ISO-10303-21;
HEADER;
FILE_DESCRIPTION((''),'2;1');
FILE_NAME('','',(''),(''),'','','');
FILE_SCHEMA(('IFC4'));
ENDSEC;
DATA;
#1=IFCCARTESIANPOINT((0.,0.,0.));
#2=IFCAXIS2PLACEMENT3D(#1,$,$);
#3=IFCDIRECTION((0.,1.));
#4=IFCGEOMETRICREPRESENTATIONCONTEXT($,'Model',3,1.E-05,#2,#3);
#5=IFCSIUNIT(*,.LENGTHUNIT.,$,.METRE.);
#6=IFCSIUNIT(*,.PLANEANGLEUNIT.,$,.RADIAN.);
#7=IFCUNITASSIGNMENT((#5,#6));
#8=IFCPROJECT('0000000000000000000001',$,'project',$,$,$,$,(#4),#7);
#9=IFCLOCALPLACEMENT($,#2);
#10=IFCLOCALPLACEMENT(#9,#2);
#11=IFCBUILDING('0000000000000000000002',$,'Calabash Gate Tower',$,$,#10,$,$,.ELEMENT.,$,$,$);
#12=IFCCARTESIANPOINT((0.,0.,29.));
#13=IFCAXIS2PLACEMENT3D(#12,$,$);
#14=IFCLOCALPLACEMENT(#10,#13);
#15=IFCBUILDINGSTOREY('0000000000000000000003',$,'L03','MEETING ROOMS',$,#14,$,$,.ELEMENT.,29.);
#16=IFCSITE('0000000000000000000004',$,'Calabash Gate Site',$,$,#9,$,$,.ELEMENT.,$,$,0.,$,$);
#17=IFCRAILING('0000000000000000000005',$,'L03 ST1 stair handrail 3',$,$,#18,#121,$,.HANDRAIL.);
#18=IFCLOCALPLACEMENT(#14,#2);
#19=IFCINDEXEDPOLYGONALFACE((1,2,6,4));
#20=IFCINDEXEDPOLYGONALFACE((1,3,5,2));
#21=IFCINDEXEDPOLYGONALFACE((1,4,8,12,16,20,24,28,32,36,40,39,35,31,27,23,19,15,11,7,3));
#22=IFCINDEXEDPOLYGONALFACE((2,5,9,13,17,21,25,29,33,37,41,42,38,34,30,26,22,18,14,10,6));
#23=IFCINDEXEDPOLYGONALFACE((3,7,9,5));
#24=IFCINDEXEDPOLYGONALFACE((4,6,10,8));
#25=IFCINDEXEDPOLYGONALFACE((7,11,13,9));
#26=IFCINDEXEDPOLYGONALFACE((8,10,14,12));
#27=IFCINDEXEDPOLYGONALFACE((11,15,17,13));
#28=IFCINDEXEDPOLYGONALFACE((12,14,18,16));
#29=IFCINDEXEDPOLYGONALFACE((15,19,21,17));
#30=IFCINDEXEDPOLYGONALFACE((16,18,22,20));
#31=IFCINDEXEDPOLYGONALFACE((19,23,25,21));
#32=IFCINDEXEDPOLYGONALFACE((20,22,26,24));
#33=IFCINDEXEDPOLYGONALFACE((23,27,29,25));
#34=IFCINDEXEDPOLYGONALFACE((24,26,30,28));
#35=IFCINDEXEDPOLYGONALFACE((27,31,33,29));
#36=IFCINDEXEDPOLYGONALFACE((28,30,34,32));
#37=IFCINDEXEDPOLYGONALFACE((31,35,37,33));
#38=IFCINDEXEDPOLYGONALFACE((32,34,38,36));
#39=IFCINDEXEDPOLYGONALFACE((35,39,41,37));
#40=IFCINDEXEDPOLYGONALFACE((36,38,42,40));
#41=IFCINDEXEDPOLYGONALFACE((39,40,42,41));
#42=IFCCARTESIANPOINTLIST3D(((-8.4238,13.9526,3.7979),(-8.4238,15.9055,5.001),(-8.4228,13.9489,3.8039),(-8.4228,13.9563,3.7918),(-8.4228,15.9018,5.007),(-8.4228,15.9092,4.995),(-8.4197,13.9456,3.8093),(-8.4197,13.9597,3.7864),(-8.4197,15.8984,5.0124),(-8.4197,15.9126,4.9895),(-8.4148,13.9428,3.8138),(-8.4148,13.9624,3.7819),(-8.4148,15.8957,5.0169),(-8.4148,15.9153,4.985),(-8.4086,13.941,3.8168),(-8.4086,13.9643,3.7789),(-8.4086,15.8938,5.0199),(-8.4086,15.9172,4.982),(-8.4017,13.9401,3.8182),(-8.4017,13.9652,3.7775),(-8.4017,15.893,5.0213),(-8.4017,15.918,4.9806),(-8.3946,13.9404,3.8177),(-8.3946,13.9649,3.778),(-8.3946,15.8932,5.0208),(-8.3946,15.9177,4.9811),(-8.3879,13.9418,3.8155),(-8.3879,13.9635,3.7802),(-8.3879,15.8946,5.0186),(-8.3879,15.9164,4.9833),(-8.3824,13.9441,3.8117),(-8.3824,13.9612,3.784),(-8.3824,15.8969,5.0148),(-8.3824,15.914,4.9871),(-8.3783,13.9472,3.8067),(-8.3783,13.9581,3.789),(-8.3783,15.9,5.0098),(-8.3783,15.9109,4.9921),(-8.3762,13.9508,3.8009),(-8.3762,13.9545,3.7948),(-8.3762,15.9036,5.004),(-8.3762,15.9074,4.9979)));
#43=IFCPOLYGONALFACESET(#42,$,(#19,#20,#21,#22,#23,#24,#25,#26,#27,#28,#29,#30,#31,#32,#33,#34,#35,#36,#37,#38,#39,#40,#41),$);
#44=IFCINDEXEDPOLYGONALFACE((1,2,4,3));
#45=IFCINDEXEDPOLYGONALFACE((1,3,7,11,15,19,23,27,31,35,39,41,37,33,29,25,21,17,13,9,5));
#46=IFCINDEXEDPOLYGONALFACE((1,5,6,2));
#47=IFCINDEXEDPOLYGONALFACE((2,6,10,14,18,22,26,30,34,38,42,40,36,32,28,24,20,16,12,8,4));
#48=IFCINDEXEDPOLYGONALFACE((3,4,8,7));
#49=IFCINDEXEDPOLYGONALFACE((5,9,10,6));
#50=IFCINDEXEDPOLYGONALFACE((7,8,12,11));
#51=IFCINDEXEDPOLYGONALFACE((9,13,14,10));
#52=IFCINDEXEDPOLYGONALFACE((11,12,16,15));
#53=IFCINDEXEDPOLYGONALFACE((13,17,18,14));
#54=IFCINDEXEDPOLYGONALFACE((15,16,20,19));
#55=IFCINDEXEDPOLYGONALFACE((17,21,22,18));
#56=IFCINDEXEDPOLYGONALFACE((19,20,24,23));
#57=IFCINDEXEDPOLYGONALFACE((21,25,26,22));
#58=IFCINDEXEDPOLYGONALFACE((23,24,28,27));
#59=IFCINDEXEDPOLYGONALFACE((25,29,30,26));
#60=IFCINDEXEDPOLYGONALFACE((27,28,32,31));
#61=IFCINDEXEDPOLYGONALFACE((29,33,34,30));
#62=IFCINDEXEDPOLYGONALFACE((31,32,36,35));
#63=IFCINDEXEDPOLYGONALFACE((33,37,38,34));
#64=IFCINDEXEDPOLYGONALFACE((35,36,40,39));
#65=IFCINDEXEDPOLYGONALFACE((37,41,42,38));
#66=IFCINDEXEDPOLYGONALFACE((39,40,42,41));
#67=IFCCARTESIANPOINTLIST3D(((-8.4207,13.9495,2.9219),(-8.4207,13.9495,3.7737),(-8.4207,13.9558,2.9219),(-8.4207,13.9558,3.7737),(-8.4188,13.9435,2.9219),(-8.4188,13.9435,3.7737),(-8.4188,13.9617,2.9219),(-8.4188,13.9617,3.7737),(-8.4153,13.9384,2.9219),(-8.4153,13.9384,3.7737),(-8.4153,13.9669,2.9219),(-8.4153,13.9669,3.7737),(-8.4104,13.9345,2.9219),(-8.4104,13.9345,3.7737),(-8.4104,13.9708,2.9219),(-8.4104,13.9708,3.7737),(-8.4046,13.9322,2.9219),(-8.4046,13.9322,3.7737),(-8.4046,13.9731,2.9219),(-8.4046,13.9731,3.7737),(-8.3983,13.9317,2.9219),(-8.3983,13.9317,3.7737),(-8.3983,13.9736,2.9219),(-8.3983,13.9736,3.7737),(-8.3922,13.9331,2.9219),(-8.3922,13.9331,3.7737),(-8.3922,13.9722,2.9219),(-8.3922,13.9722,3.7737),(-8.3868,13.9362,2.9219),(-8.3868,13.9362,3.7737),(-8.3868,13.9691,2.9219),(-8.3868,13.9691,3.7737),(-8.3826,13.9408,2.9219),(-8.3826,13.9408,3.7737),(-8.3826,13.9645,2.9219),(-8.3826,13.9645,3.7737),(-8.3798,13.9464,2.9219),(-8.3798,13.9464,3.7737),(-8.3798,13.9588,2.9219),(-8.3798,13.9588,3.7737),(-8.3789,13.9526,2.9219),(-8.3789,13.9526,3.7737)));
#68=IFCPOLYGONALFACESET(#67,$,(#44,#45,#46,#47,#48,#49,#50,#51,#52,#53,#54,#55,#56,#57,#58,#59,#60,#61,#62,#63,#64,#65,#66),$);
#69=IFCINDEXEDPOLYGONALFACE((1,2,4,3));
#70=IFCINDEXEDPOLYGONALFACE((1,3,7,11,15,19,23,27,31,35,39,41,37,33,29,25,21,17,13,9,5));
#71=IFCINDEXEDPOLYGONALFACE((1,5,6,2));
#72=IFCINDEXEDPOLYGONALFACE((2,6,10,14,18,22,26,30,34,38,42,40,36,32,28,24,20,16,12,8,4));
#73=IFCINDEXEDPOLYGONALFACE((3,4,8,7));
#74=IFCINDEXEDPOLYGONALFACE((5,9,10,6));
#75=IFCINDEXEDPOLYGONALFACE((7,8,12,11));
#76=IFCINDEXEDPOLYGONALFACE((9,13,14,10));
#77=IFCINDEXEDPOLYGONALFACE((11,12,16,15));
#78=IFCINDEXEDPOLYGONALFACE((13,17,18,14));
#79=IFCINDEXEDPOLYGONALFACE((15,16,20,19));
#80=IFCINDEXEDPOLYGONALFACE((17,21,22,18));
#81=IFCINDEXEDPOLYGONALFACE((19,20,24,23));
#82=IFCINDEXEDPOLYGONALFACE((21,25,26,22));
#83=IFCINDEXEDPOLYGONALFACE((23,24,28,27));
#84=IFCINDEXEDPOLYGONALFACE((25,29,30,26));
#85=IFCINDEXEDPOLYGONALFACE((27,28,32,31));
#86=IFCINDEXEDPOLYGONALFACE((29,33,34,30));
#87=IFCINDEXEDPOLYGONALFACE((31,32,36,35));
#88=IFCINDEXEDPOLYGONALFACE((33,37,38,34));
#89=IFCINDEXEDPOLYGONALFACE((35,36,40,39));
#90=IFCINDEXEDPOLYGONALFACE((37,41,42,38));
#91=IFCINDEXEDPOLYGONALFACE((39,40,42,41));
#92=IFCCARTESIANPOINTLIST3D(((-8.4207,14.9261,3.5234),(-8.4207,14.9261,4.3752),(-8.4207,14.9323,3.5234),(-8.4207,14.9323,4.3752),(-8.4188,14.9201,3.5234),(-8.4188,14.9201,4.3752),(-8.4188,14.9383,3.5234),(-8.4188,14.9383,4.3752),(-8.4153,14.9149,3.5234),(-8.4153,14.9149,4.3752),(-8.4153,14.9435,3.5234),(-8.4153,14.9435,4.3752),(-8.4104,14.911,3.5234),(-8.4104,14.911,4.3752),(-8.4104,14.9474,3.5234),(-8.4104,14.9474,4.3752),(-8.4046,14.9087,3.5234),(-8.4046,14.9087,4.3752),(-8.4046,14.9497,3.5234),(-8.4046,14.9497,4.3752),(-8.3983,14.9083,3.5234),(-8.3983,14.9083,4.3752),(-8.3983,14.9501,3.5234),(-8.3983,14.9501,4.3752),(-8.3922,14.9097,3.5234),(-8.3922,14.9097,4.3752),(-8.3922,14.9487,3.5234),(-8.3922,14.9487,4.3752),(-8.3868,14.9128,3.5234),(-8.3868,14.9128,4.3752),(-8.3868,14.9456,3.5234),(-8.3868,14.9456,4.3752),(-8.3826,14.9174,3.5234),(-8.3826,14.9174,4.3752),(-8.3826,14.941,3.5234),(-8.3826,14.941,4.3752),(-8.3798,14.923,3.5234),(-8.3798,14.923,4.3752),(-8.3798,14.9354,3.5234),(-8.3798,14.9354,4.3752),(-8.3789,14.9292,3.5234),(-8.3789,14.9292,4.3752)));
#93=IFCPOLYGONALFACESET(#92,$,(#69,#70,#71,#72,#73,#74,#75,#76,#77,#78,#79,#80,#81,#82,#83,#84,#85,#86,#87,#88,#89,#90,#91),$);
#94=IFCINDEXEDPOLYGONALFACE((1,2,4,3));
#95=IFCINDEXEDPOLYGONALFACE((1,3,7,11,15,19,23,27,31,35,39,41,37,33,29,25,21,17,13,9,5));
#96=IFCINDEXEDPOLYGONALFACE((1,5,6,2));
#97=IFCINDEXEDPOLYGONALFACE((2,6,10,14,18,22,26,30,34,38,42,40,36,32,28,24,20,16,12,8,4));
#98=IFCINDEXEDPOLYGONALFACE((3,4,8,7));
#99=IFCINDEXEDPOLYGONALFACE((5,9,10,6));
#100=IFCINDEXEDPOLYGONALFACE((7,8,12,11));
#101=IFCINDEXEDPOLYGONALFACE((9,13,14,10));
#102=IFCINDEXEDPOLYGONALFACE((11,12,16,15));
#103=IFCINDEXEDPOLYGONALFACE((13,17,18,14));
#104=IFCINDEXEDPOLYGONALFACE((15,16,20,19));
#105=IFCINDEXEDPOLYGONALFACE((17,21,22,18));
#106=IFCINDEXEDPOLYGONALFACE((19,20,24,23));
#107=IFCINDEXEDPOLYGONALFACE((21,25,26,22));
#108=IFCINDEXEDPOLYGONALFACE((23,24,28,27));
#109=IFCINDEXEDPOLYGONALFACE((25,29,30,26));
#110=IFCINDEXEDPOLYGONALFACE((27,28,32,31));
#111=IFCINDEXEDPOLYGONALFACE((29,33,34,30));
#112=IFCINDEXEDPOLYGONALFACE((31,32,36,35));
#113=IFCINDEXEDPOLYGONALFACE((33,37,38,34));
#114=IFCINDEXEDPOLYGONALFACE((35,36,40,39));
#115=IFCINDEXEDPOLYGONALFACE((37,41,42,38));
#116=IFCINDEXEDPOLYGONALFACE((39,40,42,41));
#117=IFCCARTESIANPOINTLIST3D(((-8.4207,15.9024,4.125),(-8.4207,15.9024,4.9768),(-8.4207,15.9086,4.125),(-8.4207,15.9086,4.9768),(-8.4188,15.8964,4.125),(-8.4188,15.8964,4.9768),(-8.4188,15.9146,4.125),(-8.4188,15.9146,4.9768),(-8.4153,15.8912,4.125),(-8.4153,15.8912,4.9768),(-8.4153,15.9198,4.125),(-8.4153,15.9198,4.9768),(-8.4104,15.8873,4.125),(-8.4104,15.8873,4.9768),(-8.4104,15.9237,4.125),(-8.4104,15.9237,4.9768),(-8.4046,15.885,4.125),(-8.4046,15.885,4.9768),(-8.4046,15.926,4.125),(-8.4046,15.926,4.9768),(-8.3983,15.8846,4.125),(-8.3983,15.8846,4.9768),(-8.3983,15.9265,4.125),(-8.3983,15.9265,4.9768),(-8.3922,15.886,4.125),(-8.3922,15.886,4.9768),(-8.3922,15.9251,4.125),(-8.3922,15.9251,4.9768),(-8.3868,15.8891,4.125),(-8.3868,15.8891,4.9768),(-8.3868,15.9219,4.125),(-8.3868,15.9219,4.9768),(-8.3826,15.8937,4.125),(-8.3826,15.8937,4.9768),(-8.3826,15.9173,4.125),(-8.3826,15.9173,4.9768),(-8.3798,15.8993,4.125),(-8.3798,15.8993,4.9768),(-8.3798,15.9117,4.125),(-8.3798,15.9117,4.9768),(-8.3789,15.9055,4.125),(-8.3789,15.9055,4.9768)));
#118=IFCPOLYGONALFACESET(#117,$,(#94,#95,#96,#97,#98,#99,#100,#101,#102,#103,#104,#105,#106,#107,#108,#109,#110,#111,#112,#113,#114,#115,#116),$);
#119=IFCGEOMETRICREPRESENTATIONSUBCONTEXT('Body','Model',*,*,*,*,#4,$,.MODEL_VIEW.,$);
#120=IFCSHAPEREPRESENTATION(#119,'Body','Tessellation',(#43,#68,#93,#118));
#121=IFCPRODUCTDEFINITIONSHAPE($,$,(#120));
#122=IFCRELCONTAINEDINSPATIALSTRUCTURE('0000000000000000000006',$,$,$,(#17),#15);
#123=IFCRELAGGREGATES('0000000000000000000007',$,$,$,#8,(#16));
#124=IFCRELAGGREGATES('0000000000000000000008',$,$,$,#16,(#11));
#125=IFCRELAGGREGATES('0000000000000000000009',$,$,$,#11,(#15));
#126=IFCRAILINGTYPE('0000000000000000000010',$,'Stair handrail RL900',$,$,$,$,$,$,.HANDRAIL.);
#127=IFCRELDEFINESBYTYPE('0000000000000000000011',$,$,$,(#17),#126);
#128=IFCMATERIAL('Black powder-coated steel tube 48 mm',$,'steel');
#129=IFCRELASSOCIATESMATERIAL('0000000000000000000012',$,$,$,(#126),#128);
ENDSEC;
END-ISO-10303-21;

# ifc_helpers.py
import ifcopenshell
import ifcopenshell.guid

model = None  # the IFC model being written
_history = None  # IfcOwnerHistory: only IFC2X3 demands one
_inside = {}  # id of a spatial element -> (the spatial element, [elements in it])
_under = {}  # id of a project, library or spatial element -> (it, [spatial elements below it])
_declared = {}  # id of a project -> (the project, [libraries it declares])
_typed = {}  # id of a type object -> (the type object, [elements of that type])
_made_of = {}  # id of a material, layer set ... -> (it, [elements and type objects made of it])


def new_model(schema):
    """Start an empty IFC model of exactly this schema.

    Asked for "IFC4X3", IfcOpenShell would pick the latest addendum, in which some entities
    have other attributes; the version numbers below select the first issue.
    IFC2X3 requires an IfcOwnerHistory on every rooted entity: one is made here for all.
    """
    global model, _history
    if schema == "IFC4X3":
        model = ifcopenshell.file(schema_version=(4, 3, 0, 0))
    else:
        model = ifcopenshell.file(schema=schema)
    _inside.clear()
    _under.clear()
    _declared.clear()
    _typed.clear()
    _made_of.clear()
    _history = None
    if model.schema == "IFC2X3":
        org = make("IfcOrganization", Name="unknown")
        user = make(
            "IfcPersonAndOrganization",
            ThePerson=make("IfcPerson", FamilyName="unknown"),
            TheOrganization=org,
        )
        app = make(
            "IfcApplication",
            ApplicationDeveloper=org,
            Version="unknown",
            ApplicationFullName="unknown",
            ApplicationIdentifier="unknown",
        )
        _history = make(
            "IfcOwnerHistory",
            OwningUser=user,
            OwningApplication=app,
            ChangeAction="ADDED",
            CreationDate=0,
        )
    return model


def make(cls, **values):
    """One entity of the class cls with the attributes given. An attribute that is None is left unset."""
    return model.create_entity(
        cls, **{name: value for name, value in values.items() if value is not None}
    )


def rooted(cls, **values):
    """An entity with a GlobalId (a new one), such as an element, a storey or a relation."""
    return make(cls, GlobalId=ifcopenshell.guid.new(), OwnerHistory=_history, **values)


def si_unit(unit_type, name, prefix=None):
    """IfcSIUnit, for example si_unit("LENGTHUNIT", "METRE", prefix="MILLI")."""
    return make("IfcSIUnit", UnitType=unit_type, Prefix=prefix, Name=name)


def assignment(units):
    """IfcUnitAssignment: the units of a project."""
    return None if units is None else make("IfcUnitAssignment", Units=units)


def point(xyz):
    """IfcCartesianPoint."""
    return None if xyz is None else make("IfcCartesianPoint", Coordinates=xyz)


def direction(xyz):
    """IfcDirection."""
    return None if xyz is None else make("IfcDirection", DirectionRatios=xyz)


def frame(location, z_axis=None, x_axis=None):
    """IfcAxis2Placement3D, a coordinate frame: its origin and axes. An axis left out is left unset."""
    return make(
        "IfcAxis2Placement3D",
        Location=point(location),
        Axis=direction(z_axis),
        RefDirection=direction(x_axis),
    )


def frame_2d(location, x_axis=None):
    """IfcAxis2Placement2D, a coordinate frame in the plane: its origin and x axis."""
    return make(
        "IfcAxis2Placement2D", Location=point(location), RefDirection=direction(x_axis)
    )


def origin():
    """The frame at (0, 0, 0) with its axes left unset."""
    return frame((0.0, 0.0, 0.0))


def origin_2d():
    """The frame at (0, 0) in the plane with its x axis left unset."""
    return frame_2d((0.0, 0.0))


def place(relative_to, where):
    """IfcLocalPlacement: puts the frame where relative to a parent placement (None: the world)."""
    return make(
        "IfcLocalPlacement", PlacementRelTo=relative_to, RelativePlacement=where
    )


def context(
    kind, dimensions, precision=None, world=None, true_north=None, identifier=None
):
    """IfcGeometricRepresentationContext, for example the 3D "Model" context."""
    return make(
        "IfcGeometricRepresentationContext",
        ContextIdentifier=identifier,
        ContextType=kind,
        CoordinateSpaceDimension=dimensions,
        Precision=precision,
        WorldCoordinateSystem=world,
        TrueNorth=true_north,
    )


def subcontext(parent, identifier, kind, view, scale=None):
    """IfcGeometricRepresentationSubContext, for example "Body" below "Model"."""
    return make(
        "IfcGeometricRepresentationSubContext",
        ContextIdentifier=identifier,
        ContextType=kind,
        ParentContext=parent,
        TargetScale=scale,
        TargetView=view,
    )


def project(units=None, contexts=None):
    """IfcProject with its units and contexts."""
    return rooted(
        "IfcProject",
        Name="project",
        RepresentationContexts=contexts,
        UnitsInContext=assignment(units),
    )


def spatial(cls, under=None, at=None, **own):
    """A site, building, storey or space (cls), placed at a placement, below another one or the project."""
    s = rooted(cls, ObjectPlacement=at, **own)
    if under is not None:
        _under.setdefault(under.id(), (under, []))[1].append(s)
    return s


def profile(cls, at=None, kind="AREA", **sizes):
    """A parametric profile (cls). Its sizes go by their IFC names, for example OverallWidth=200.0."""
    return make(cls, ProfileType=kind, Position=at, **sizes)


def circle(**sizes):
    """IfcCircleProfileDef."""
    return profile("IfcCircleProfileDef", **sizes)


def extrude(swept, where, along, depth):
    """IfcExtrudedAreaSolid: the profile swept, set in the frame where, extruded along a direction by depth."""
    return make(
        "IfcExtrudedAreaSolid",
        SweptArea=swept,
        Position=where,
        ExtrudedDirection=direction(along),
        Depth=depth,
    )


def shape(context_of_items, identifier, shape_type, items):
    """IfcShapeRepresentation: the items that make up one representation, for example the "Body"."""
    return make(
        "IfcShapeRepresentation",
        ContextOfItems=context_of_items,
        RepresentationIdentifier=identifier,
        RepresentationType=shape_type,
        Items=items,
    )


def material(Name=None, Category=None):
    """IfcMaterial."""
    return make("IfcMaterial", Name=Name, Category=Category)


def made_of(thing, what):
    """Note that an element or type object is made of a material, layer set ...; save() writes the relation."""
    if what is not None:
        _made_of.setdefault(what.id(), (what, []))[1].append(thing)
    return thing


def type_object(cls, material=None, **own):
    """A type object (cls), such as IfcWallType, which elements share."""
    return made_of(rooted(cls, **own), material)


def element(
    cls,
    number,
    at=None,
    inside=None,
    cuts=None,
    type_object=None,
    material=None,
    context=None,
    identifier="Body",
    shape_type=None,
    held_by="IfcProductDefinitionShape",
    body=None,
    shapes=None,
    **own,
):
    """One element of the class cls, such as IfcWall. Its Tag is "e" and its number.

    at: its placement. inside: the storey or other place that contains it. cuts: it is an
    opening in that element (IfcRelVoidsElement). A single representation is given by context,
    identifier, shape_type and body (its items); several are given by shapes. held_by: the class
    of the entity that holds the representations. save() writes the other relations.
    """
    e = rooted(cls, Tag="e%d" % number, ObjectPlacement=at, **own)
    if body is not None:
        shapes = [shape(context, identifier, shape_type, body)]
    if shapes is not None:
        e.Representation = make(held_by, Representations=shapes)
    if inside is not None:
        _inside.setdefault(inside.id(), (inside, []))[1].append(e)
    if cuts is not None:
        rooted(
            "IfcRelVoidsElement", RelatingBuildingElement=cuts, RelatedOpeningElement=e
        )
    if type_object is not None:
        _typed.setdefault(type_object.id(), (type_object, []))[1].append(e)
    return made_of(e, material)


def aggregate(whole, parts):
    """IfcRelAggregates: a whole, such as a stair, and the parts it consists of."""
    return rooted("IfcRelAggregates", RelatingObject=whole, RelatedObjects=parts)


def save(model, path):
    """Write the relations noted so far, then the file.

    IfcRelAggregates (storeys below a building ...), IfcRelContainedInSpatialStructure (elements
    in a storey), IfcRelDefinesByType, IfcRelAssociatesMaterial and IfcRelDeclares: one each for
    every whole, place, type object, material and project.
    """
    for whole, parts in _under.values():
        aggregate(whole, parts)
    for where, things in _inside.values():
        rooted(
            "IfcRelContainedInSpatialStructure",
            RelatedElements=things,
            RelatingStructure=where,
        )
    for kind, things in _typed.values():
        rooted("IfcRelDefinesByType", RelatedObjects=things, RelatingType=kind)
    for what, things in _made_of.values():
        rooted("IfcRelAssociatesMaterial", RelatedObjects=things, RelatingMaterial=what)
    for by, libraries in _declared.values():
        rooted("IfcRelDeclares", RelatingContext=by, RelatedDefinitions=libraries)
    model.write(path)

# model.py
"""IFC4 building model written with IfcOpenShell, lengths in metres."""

from ifc_helpers import new_model, si_unit, direction, frame, origin, origin_2d, place, context, subcontext, project, spatial, circle, extrude, material, type_object, element, save


model = new_model("IFC4")

# Units and contexts
model_context = context("Model", 3, precision=1e-05, world=origin(), true_north=direction((0.0, 1.0)))
body_context = subcontext(model_context, "Body", "Model", "MODEL_VIEW")
ifc_project = project(units=[si_unit("LENGTHUNIT", "METRE"), si_unit("PLANEANGLEUNIT", "RADIAN")], contexts=[model_context])

# Site, building, storey
site_placement = place(None, origin())
site = spatial("IfcSite", under=ifc_project, at=site_placement, Name="Calabash Gate Site", CompositionType="ELEMENT", RefElevation=0.0)
building_placement = place(site_placement, origin())
building = spatial("IfcBuilding", under=site, at=building_placement, Name="Calabash Gate Tower", CompositionType="ELEMENT")
storey_placement = place(building_placement, frame((0.0, 0.0, 29.0)))
storey = spatial("IfcBuildingStorey", under=building, at=storey_placement, Name="L03", Description="MEETING ROOMS", CompositionType="ELEMENT", Elevation=29.0)

# Railing
ifc_material_1 = material(Name="Black powder-coated steel tube 48 mm", Category="steel")
railing_type_1 = type_object("IfcRailingType", Name="Stair handrail RL900", PredefinedType="HANDRAIL", material=ifc_material_1)
railing_1_placement = place(storey_placement, frame((-8.3999, 13.9526, 2.9219)))
element("IfcRailing", 1, at=railing_1_placement, inside=storey, type_object=railing_type_1, Name="L03 ST1 stair handrail 3", PredefinedType="HANDRAIL", context=body_context, shape_type="SweptSolid", body=[
    extrude(circle(Radius=0.0239, at=origin_2d()), frame((0.0, 0.0, 0.876), z_axis=(0.0, 0.851395, 0.524525), x_axis=(-1.0, 0.0, 0.0)), (0.0, 0.0, 1.0), 2.2937),
    extrude(circle(Radius=0.021, at=origin_2d()), origin(), (0.0, 0.0, 1.0), 0.8518),
    extrude(circle(Radius=0.021, at=origin_2d()), frame((0.0, 0.9766, 0.6016)), (0.0, 0.0, 1.0), 0.8518),
    extrude(circle(Radius=0.021, at=origin_2d()), frame((0.0, 1.9529, 1.2031)), (0.0, 0.0, 1.0), 0.8518),
])

save(model, "model.ifc")
